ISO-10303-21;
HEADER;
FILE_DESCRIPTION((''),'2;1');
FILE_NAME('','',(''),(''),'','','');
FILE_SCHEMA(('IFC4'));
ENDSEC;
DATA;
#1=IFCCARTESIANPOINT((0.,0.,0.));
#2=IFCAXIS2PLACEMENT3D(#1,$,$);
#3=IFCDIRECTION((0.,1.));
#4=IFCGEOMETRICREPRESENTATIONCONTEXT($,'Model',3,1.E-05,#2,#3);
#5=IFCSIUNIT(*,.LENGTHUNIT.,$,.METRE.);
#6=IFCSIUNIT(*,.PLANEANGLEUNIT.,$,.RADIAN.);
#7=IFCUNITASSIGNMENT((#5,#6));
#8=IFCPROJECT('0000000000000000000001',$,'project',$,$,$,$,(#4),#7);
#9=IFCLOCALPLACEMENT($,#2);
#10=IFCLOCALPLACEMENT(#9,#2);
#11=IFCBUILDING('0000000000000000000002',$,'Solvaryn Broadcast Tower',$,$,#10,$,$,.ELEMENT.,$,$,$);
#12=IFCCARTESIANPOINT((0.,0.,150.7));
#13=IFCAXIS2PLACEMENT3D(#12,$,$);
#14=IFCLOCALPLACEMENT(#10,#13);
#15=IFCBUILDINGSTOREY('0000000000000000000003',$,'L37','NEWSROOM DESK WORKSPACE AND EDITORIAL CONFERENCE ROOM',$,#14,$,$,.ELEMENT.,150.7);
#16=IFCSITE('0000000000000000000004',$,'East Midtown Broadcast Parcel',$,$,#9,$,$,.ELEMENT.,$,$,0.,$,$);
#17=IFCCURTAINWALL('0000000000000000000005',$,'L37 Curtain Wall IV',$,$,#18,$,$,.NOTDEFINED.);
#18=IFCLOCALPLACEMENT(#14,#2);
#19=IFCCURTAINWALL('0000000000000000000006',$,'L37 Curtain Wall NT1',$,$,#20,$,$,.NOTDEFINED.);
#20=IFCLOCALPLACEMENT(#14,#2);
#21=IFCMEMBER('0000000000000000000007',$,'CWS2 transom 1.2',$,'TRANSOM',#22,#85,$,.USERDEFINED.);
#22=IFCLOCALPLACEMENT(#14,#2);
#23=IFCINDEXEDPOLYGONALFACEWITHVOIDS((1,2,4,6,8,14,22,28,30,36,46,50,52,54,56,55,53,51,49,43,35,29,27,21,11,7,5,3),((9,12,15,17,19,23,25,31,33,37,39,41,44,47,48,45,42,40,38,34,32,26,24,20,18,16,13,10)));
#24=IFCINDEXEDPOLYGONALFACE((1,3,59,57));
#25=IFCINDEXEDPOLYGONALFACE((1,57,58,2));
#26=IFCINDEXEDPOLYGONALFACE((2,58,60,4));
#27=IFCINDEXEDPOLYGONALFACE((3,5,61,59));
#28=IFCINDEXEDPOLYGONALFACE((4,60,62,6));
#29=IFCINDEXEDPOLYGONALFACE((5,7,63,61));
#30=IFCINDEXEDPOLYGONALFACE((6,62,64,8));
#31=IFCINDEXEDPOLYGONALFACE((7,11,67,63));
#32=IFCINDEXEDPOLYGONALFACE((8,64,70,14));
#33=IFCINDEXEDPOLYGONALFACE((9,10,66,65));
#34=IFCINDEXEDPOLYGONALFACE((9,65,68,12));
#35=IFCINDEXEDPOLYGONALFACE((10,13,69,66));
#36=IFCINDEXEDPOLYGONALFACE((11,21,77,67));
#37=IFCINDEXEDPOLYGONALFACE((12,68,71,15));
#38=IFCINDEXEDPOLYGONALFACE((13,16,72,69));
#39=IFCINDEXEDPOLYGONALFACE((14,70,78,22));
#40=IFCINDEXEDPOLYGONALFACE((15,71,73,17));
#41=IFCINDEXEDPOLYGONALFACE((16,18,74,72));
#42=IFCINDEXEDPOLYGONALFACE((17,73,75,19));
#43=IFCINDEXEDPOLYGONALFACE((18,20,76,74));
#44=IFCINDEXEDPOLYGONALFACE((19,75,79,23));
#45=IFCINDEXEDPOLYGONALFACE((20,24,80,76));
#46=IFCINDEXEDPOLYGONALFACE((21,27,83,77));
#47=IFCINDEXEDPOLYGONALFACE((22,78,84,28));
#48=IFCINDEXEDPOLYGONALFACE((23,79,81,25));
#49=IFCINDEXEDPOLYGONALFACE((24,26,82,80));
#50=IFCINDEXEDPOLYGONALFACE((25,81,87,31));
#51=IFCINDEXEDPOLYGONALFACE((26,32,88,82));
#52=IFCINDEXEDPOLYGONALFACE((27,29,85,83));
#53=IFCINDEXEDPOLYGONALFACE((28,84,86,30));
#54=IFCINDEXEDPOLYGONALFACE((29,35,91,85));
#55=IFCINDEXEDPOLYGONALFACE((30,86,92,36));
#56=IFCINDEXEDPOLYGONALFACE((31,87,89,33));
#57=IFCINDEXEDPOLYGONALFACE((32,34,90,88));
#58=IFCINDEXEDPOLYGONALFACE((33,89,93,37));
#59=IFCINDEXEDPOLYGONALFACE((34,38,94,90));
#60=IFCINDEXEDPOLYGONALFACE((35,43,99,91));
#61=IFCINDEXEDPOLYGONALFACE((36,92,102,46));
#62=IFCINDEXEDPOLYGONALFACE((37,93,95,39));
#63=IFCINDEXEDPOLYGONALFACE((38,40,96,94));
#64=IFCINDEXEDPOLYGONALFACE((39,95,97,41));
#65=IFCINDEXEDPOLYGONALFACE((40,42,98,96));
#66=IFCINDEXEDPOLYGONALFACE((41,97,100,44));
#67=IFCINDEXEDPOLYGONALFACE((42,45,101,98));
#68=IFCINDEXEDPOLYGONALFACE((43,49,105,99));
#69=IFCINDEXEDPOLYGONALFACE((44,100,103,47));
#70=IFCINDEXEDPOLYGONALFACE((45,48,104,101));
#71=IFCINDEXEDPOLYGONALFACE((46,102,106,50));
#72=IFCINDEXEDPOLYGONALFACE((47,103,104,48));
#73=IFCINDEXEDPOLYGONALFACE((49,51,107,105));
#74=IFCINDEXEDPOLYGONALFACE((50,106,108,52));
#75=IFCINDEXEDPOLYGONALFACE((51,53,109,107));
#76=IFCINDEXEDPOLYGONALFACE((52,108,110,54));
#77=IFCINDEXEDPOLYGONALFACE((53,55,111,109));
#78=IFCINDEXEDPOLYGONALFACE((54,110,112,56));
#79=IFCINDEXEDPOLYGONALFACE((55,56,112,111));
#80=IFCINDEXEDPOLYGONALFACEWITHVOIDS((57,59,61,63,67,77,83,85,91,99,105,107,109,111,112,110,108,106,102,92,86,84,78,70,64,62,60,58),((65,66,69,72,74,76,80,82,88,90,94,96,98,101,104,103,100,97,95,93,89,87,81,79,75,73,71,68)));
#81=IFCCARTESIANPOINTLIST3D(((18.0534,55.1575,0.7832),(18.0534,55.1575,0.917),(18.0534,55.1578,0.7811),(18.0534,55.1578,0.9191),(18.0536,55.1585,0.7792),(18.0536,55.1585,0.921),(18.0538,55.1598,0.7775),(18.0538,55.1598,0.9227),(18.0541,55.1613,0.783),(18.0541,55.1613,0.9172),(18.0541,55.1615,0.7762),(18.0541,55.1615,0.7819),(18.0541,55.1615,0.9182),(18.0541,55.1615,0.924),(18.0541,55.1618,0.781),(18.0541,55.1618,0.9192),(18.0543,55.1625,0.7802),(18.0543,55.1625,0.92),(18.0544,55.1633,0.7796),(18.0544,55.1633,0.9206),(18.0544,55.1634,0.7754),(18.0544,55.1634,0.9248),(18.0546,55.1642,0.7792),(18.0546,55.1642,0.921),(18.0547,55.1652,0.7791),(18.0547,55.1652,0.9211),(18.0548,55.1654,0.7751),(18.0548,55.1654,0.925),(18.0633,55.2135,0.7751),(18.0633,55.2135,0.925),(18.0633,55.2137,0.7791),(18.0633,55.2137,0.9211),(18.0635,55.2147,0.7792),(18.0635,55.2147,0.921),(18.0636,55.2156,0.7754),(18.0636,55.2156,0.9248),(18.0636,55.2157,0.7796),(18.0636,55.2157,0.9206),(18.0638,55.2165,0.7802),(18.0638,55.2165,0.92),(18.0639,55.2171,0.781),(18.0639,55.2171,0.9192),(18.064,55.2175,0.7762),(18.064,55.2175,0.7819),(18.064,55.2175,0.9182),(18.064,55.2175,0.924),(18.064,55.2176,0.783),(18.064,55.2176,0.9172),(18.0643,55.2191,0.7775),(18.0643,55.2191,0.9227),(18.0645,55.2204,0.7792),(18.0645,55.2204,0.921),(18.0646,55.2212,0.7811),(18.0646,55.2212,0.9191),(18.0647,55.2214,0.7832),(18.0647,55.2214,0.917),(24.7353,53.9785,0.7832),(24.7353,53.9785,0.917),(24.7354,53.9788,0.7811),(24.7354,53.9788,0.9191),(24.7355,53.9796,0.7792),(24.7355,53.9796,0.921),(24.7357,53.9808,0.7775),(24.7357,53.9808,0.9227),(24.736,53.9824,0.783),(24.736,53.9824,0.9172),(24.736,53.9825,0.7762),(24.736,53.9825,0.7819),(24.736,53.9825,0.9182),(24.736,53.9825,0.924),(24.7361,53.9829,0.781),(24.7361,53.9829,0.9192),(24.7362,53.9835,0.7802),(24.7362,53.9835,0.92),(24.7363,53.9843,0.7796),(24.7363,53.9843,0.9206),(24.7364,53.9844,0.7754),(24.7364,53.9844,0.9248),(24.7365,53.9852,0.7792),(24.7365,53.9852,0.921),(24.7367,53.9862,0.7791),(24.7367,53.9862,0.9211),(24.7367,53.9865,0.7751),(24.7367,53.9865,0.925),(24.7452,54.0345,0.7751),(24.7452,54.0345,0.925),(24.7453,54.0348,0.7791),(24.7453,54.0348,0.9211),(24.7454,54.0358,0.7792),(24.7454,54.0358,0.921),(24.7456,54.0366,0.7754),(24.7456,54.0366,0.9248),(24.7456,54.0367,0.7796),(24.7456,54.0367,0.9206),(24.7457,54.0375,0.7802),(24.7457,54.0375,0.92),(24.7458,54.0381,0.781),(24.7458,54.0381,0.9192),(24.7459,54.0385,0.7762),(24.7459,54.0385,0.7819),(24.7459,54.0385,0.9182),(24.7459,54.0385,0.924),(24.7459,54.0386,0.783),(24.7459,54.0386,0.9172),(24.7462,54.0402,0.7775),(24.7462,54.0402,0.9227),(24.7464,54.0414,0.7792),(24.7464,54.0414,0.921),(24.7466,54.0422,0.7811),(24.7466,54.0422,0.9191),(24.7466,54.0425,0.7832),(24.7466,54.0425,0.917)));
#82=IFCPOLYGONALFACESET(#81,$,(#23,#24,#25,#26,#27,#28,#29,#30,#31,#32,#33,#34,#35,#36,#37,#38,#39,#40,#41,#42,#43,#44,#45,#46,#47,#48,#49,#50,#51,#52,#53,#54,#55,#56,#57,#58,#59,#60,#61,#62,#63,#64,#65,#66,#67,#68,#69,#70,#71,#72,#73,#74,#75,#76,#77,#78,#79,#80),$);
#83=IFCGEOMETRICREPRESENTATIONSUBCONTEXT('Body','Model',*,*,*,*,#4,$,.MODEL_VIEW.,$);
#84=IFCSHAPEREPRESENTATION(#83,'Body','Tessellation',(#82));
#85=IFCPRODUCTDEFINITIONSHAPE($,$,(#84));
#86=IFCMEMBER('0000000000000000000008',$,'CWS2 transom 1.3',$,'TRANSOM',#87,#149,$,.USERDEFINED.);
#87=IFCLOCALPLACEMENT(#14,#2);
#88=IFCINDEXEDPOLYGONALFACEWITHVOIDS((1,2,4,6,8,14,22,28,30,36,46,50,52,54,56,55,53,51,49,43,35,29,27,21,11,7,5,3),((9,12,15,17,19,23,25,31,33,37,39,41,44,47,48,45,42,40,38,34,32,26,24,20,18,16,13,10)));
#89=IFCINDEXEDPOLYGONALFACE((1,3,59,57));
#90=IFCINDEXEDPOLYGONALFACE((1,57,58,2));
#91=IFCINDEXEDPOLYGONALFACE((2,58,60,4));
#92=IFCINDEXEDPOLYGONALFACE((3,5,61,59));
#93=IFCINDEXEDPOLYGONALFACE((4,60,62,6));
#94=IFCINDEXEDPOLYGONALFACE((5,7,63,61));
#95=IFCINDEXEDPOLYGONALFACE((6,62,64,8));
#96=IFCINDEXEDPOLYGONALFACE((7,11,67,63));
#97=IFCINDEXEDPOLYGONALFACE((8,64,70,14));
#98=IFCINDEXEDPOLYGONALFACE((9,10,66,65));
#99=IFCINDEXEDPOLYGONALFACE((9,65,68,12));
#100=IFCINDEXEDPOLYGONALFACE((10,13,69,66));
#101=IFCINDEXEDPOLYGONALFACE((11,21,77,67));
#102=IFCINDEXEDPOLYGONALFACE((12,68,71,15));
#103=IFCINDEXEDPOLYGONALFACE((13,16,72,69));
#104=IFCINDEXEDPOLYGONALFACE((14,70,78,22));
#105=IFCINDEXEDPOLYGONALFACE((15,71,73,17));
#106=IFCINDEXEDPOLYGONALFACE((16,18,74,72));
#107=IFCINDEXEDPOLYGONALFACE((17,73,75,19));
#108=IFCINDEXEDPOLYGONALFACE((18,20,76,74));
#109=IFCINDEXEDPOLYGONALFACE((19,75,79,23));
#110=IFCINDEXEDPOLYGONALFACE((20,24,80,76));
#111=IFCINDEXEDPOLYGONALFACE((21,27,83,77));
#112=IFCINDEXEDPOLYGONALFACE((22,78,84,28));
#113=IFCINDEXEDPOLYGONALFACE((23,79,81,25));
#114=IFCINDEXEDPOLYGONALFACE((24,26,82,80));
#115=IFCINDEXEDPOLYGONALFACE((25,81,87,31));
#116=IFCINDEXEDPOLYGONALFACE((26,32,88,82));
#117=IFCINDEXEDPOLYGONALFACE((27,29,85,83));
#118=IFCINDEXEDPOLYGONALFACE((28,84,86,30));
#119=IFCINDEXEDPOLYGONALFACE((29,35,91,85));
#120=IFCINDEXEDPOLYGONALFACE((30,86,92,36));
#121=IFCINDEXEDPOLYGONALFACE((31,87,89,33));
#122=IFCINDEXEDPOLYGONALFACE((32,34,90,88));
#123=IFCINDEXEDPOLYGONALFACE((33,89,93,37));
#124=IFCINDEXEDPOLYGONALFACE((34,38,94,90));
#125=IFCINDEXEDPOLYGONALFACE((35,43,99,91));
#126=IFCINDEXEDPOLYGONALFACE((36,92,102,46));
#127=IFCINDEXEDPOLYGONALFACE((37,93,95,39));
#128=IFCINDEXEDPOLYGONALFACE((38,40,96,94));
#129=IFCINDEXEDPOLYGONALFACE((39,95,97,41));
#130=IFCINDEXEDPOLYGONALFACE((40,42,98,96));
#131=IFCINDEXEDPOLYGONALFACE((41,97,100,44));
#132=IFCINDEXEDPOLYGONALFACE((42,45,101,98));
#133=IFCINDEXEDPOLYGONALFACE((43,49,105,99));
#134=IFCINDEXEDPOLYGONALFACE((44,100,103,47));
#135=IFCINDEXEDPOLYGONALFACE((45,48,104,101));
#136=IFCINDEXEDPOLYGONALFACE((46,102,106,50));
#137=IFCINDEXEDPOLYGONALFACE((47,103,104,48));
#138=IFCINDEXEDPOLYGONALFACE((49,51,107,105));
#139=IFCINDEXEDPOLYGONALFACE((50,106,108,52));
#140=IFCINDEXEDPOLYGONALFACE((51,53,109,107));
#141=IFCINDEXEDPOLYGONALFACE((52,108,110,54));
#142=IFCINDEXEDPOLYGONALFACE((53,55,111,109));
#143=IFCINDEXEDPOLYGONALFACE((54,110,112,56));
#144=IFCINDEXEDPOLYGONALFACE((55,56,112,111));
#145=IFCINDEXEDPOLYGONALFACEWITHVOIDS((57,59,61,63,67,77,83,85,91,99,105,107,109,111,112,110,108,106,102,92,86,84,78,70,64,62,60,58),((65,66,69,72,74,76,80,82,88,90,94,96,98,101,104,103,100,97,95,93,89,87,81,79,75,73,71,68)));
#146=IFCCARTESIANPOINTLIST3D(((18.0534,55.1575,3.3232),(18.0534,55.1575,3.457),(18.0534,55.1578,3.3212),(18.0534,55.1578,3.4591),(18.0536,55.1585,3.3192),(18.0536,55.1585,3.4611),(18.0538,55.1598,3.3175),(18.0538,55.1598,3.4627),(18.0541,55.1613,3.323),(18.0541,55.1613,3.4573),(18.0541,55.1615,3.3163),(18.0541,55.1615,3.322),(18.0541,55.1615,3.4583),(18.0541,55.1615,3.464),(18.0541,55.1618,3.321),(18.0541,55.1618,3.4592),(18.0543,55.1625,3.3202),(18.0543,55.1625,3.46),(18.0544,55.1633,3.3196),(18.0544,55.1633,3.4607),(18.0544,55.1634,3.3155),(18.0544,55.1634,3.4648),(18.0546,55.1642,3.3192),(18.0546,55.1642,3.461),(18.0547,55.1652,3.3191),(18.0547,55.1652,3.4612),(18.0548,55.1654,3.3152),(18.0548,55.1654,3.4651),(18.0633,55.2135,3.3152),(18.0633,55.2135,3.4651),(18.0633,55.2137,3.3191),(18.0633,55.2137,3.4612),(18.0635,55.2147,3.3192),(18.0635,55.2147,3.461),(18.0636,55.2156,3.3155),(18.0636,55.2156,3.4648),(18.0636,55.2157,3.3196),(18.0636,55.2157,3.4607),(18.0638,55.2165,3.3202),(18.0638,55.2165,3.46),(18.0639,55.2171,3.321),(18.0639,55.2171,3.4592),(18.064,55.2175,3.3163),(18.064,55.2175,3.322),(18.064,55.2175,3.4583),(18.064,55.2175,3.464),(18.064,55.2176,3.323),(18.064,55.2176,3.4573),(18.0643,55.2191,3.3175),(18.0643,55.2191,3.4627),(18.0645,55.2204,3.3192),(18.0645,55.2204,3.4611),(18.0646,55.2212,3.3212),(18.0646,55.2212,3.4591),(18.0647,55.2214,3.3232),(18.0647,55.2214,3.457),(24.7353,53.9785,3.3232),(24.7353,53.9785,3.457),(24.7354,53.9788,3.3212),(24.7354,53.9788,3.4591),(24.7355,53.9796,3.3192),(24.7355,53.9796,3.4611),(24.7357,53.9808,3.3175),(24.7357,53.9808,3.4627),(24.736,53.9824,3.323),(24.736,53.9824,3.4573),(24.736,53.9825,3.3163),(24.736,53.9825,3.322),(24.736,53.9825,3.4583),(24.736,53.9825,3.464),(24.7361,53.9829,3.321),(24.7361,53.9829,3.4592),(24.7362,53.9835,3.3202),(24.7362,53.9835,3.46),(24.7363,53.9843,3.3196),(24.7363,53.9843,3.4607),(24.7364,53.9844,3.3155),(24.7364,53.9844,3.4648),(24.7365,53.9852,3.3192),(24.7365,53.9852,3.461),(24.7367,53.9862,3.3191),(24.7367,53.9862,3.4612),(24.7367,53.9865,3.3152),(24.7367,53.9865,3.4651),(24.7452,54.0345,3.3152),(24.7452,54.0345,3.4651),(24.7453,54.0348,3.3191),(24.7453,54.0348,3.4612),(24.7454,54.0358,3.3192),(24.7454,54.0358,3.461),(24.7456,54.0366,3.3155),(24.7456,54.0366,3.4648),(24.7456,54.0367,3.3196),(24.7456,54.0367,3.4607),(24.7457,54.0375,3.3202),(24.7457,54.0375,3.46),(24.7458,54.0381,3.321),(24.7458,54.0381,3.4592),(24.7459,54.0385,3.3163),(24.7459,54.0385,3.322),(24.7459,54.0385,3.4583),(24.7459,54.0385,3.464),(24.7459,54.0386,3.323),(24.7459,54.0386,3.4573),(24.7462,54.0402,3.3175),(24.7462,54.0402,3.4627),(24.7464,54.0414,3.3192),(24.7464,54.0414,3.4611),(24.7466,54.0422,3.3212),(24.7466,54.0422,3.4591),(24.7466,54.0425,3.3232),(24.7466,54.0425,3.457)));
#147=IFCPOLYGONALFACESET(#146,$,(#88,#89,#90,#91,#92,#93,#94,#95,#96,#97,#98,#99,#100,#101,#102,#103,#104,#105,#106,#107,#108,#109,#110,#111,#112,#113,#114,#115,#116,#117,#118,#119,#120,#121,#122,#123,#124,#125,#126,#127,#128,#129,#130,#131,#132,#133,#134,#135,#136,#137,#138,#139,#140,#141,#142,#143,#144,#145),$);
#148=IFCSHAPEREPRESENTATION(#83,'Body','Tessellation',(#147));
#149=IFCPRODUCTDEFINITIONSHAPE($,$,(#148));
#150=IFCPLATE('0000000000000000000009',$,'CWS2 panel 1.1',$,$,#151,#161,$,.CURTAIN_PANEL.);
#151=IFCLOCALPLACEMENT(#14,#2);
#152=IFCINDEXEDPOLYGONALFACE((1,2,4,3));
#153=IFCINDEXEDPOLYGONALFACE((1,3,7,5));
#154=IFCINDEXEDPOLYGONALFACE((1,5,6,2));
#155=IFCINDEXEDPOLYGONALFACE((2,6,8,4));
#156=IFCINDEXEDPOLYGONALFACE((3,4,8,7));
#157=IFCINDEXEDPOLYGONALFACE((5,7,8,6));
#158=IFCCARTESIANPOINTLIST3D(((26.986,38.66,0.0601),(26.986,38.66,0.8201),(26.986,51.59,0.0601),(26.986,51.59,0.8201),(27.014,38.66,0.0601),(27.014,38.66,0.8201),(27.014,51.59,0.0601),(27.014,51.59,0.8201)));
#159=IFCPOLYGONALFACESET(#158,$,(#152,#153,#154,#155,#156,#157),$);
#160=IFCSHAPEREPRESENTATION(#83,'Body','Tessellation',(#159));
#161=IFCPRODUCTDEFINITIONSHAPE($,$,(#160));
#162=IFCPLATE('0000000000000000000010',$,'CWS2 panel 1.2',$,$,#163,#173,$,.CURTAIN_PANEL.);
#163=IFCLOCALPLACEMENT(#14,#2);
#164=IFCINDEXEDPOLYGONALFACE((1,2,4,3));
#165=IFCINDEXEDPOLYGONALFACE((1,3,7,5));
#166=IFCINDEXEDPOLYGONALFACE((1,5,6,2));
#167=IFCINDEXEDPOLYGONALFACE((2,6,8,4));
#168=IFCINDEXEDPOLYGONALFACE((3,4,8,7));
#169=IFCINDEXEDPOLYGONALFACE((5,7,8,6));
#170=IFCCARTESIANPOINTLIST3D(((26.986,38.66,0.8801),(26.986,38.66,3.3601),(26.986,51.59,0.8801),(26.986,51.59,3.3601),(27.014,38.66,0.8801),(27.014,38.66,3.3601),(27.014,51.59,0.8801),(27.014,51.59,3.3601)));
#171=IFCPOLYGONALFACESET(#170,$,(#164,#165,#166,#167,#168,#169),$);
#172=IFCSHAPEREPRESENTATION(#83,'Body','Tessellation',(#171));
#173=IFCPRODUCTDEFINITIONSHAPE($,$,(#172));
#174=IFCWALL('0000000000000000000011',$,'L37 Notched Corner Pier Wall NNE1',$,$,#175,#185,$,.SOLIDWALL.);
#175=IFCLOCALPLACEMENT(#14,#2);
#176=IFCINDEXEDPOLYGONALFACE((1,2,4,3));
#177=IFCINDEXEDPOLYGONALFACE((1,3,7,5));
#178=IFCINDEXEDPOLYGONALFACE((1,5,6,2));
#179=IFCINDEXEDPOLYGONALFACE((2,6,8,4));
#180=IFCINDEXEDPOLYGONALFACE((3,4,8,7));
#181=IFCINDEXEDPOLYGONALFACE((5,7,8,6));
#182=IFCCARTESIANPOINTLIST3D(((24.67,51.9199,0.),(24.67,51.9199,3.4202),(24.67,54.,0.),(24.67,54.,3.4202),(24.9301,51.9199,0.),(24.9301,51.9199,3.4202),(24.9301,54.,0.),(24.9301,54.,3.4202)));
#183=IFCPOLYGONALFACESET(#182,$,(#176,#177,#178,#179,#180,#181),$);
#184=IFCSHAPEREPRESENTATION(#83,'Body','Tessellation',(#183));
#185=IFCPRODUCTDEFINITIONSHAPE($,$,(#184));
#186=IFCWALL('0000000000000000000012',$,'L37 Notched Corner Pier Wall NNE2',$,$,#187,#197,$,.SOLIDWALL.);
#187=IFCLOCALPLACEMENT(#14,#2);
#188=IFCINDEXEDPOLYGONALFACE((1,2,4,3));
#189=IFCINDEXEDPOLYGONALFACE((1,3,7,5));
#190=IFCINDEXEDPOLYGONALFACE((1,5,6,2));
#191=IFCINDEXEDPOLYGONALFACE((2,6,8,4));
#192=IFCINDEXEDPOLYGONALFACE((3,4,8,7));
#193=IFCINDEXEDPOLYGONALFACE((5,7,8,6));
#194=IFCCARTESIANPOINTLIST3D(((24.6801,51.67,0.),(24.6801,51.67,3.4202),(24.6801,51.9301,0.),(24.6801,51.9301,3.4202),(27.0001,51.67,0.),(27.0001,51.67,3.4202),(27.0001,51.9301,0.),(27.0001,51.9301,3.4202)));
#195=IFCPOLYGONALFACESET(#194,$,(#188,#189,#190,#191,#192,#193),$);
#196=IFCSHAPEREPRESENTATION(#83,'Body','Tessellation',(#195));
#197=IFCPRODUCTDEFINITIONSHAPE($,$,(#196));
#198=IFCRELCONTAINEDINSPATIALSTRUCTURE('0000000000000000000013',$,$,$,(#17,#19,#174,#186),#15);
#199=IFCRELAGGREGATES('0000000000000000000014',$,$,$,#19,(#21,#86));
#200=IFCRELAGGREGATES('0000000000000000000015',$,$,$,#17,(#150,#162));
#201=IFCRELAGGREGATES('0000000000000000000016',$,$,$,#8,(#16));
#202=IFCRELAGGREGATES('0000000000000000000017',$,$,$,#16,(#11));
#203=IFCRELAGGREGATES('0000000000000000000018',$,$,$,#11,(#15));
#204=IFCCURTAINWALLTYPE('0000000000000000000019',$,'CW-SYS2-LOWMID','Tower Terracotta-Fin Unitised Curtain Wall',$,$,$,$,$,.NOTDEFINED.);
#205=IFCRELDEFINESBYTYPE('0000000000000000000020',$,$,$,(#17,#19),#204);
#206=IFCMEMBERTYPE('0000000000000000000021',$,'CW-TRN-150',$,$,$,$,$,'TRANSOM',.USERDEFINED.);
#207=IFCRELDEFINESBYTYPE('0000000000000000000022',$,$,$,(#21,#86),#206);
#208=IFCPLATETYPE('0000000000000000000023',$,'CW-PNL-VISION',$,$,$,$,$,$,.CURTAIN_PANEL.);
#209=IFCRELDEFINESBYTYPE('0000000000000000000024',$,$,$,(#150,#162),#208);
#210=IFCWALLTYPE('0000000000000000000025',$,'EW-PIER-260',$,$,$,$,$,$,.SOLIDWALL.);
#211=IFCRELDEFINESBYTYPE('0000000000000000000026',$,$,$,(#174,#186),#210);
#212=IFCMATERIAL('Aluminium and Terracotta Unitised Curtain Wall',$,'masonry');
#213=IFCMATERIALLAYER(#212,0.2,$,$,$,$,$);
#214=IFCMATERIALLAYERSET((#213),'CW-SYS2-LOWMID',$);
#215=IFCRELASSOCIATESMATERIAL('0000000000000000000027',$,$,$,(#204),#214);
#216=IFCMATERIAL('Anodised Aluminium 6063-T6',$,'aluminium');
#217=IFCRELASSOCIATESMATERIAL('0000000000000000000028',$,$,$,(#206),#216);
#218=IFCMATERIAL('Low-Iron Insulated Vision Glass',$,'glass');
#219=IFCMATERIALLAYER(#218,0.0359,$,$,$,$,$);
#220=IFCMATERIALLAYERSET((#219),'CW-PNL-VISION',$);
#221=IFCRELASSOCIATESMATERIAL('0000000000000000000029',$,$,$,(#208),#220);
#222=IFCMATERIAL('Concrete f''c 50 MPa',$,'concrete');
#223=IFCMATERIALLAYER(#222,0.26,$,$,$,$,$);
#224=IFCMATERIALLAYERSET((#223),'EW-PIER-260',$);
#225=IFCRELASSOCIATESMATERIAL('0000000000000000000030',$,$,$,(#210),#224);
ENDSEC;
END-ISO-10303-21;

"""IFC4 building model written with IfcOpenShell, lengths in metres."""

from ifc_helpers import new_model, si_unit, direction, frame, frame_2d, origin, origin_2d, place, context, subcontext, project, spatial, rectangle, hollow_rectangle, extrude, material, layer, layer_set, material_profile, profile_set, type_object, element, aggregate, save


model = new_model("IFC4")

# Units and contexts
model_context = context("Model", 3, precision=1e-05, world=origin(), true_north=direction((0.0, 1.0)))
body_context = subcontext(model_context, "Body", "Model", "MODEL_VIEW")
ifc_project = project(units=[si_unit("LENGTHUNIT", "METRE"), si_unit("PLANEANGLEUNIT", "RADIAN")], contexts=[model_context])

# Site, building, storey
site_placement = place(None, origin())
site = spatial("IfcSite", under=ifc_project, at=site_placement, Name="East Midtown Broadcast Parcel", CompositionType="ELEMENT", RefElevation=0.0)
building_placement = place(site_placement, origin())
building = spatial("IfcBuilding", under=site, at=building_placement, Name="Solvaryn Broadcast Tower", CompositionType="ELEMENT")
storey_placement = place(building_placement, frame((0.0, 0.0, 150.7)))
storey = spatial("IfcBuildingStorey", under=building, at=storey_placement, Name="L37", Description="NEWSROOM DESK WORKSPACE AND EDITORIAL CONFERENCE ROOM", CompositionType="ELEMENT", Elevation=150.7)

# Curtain wall
ifc_material_1 = material(Name="Aluminium and Terracotta Unitised Curtain Wall", Category="masonry")
ifc_layer_1 = layer(ifc_material_1, 0.2)
ifc_layer_set_1 = layer_set([ifc_layer_1], Name="CW-SYS2-LOWMID")
curtain_wall_type = type_object("IfcCurtainWallType", Name="CW-SYS2-LOWMID", Description="Tower Terracotta-Fin Unitised Curtain Wall", PredefinedType="NOTDEFINED", material=ifc_layer_set_1)
curtain_wall_1_placement = place(storey_placement, origin())
curtain_wall_1 = element("IfcCurtainWall", 1, at=curtain_wall_1_placement, inside=storey, type_object=curtain_wall_type, Name="L37 Curtain Wall IV", PredefinedType="NOTDEFINED")

# Curtain wall
curtain_wall_2_placement = place(storey_placement, origin())
curtain_wall_2 = element("IfcCurtainWall", 2, at=curtain_wall_2_placement, inside=storey, type_object=curtain_wall_type, Name="L37 Curtain Wall NT1", PredefinedType="NOTDEFINED")

# Members
ifc_material_2 = material(Name="Anodised Aluminium 6063-T6", Category="aluminium")
ifc_material_profile_1 = material_profile(ifc_material_2, hollow_rectangle(XDim=0.0649, YDim=0.1499, WallThickness=0.0039, InnerFilletRadius=0.0039, OuterFilletRadius=0.0081, at=origin_2d()))
ifc_profile_set_1 = profile_set([ifc_material_profile_1], Name="Anodised Aluminium 6063-T6")
member_type_1 = type_object("IfcMemberType", Name="CW-TRN-150", ElementType="TRANSOM", PredefinedType="USERDEFINED", material=ifc_profile_set_1)
member_1_placement = place(storey_placement, frame((24.741, 54.0105, 0.8501), z_axis=(-0.984789, 0.173757, 0.0), x_axis=(-0.173757, -0.984789, 0.0)))
member_1 = element("IfcMember", 3, at=member_1_placement, type_object=member_type_1, Name="CWS2 transom 1.2", ObjectType="TRANSOM", PredefinedType="USERDEFINED", context=body_context, shape_type="SweptSolid", body=[
    extrude(hollow_rectangle(XDim=0.0649, YDim=0.1499, WallThickness=0.0039, InnerFilletRadius=0.0039, OuterFilletRadius=0.0081, at=origin_2d()), origin(), (0.0, 0.0, 1.0), 6.7852),
])
member_2_placement = place(storey_placement, frame((24.741, 54.0105, 3.3901), z_axis=(-0.984789, 0.173757, 0.0), x_axis=(-0.173757, -0.984789, 0.0)))
member_2 = element("IfcMember", 4, at=member_2_placement, type_object=member_type_1, Name="CWS2 transom 1.3", ObjectType="TRANSOM", PredefinedType="USERDEFINED", context=body_context, shape_type="SweptSolid", body=[
    extrude(hollow_rectangle(XDim=0.0649, YDim=0.1499, WallThickness=0.0039, InnerFilletRadius=0.0039, OuterFilletRadius=0.0081, at=origin_2d()), origin(), (0.0, 0.0, 1.0), 6.7852),
])
aggregate(curtain_wall_2, [member_1, member_2])

# Plates
ifc_material_3 = material(Name="Low-Iron Insulated Vision Glass", Category="glass")
ifc_layer_2 = layer(ifc_material_3, 0.0359)
ifc_layer_set_2 = layer_set([ifc_layer_2], Name="CW-PNL-VISION")
plate_type = type_object("IfcPlateType", Name="CW-PNL-VISION", PredefinedType="CURTAIN_PANEL", material=ifc_layer_set_2)
plate_1_placement = place(storey_placement, frame((27.0, 45.125, 0.0601), z_axis=(0.0, 0.0, 1.0), x_axis=(0.0, -1.0, 0.0)))
plate_1 = element("IfcPlate", 5, at=plate_1_placement, type_object=plate_type, Name="CWS2 panel 1.1", PredefinedType="CURTAIN_PANEL", context=body_context, shape_type="SweptSolid", body=[
    extrude(rectangle(XDim=12.9299, YDim=0.0281, at=origin_2d()), origin(), (0.0, 0.0, 1.0), 0.76),
])
plate_2_placement = place(storey_placement, frame((27.0, 45.125, 0.8801), z_axis=(0.0, 0.0, 1.0), x_axis=(0.0, -1.0, 0.0)))
plate_2 = element("IfcPlate", 6, at=plate_2_placement, type_object=plate_type, Name="CWS2 panel 1.2", PredefinedType="CURTAIN_PANEL", context=body_context, shape_type="SweptSolid", body=[
    extrude(rectangle(XDim=12.9299, YDim=0.0281, at=origin_2d()), origin(), (0.0, 0.0, 1.0), 2.48),
])
aggregate(curtain_wall_1, [plate_1, plate_2])

# Walls
ifc_material_4 = material(Name="Concrete f'c 50 MPa", Category="concrete")
ifc_layer_3 = layer(ifc_material_4, 0.26)
ifc_layer_set_3 = layer_set([ifc_layer_3], Name="EW-PIER-260")
wall_type_1 = type_object("IfcWallType", Name="EW-PIER-260", PredefinedType="SOLIDWALL", material=ifc_layer_set_3)
wall_1_placement = place(storey_placement, frame((24.8, 54.0, 0.0), z_axis=(0.0, 0.0, 1.0), x_axis=(0.0, -1.0, 0.0)))
element("IfcWall", 7, at=wall_1_placement, inside=storey, type_object=wall_type_1, Name="L37 Notched Corner Pier Wall NNE1", PredefinedType="SOLIDWALL", context=body_context, shape_type="SweptSolid", body=[
    extrude(rectangle(XDim=2.0801, YDim=0.26, at=frame_2d((1.04, 0.0))), origin(), (0.0, 0.0, 1.0), 3.4202),
])
wall_2_placement = place(storey_placement, frame((24.6799, 51.8, 0.0), z_axis=(0.0, 0.0, 1.0), x_axis=(1.0, 0.0, 0.0)))
element("IfcWall", 8, at=wall_2_placement, inside=storey, type_object=wall_type_1, Name="L37 Notched Corner Pier Wall NNE2", PredefinedType="SOLIDWALL", context=body_context, shape_type="SweptSolid", body=[
    extrude(rectangle(XDim=2.3201, YDim=0.26, at=frame_2d((1.1602, 0.0))), origin(), (0.0, 0.0, 1.0), 3.4202),
])

save(model, "model.ifc")
